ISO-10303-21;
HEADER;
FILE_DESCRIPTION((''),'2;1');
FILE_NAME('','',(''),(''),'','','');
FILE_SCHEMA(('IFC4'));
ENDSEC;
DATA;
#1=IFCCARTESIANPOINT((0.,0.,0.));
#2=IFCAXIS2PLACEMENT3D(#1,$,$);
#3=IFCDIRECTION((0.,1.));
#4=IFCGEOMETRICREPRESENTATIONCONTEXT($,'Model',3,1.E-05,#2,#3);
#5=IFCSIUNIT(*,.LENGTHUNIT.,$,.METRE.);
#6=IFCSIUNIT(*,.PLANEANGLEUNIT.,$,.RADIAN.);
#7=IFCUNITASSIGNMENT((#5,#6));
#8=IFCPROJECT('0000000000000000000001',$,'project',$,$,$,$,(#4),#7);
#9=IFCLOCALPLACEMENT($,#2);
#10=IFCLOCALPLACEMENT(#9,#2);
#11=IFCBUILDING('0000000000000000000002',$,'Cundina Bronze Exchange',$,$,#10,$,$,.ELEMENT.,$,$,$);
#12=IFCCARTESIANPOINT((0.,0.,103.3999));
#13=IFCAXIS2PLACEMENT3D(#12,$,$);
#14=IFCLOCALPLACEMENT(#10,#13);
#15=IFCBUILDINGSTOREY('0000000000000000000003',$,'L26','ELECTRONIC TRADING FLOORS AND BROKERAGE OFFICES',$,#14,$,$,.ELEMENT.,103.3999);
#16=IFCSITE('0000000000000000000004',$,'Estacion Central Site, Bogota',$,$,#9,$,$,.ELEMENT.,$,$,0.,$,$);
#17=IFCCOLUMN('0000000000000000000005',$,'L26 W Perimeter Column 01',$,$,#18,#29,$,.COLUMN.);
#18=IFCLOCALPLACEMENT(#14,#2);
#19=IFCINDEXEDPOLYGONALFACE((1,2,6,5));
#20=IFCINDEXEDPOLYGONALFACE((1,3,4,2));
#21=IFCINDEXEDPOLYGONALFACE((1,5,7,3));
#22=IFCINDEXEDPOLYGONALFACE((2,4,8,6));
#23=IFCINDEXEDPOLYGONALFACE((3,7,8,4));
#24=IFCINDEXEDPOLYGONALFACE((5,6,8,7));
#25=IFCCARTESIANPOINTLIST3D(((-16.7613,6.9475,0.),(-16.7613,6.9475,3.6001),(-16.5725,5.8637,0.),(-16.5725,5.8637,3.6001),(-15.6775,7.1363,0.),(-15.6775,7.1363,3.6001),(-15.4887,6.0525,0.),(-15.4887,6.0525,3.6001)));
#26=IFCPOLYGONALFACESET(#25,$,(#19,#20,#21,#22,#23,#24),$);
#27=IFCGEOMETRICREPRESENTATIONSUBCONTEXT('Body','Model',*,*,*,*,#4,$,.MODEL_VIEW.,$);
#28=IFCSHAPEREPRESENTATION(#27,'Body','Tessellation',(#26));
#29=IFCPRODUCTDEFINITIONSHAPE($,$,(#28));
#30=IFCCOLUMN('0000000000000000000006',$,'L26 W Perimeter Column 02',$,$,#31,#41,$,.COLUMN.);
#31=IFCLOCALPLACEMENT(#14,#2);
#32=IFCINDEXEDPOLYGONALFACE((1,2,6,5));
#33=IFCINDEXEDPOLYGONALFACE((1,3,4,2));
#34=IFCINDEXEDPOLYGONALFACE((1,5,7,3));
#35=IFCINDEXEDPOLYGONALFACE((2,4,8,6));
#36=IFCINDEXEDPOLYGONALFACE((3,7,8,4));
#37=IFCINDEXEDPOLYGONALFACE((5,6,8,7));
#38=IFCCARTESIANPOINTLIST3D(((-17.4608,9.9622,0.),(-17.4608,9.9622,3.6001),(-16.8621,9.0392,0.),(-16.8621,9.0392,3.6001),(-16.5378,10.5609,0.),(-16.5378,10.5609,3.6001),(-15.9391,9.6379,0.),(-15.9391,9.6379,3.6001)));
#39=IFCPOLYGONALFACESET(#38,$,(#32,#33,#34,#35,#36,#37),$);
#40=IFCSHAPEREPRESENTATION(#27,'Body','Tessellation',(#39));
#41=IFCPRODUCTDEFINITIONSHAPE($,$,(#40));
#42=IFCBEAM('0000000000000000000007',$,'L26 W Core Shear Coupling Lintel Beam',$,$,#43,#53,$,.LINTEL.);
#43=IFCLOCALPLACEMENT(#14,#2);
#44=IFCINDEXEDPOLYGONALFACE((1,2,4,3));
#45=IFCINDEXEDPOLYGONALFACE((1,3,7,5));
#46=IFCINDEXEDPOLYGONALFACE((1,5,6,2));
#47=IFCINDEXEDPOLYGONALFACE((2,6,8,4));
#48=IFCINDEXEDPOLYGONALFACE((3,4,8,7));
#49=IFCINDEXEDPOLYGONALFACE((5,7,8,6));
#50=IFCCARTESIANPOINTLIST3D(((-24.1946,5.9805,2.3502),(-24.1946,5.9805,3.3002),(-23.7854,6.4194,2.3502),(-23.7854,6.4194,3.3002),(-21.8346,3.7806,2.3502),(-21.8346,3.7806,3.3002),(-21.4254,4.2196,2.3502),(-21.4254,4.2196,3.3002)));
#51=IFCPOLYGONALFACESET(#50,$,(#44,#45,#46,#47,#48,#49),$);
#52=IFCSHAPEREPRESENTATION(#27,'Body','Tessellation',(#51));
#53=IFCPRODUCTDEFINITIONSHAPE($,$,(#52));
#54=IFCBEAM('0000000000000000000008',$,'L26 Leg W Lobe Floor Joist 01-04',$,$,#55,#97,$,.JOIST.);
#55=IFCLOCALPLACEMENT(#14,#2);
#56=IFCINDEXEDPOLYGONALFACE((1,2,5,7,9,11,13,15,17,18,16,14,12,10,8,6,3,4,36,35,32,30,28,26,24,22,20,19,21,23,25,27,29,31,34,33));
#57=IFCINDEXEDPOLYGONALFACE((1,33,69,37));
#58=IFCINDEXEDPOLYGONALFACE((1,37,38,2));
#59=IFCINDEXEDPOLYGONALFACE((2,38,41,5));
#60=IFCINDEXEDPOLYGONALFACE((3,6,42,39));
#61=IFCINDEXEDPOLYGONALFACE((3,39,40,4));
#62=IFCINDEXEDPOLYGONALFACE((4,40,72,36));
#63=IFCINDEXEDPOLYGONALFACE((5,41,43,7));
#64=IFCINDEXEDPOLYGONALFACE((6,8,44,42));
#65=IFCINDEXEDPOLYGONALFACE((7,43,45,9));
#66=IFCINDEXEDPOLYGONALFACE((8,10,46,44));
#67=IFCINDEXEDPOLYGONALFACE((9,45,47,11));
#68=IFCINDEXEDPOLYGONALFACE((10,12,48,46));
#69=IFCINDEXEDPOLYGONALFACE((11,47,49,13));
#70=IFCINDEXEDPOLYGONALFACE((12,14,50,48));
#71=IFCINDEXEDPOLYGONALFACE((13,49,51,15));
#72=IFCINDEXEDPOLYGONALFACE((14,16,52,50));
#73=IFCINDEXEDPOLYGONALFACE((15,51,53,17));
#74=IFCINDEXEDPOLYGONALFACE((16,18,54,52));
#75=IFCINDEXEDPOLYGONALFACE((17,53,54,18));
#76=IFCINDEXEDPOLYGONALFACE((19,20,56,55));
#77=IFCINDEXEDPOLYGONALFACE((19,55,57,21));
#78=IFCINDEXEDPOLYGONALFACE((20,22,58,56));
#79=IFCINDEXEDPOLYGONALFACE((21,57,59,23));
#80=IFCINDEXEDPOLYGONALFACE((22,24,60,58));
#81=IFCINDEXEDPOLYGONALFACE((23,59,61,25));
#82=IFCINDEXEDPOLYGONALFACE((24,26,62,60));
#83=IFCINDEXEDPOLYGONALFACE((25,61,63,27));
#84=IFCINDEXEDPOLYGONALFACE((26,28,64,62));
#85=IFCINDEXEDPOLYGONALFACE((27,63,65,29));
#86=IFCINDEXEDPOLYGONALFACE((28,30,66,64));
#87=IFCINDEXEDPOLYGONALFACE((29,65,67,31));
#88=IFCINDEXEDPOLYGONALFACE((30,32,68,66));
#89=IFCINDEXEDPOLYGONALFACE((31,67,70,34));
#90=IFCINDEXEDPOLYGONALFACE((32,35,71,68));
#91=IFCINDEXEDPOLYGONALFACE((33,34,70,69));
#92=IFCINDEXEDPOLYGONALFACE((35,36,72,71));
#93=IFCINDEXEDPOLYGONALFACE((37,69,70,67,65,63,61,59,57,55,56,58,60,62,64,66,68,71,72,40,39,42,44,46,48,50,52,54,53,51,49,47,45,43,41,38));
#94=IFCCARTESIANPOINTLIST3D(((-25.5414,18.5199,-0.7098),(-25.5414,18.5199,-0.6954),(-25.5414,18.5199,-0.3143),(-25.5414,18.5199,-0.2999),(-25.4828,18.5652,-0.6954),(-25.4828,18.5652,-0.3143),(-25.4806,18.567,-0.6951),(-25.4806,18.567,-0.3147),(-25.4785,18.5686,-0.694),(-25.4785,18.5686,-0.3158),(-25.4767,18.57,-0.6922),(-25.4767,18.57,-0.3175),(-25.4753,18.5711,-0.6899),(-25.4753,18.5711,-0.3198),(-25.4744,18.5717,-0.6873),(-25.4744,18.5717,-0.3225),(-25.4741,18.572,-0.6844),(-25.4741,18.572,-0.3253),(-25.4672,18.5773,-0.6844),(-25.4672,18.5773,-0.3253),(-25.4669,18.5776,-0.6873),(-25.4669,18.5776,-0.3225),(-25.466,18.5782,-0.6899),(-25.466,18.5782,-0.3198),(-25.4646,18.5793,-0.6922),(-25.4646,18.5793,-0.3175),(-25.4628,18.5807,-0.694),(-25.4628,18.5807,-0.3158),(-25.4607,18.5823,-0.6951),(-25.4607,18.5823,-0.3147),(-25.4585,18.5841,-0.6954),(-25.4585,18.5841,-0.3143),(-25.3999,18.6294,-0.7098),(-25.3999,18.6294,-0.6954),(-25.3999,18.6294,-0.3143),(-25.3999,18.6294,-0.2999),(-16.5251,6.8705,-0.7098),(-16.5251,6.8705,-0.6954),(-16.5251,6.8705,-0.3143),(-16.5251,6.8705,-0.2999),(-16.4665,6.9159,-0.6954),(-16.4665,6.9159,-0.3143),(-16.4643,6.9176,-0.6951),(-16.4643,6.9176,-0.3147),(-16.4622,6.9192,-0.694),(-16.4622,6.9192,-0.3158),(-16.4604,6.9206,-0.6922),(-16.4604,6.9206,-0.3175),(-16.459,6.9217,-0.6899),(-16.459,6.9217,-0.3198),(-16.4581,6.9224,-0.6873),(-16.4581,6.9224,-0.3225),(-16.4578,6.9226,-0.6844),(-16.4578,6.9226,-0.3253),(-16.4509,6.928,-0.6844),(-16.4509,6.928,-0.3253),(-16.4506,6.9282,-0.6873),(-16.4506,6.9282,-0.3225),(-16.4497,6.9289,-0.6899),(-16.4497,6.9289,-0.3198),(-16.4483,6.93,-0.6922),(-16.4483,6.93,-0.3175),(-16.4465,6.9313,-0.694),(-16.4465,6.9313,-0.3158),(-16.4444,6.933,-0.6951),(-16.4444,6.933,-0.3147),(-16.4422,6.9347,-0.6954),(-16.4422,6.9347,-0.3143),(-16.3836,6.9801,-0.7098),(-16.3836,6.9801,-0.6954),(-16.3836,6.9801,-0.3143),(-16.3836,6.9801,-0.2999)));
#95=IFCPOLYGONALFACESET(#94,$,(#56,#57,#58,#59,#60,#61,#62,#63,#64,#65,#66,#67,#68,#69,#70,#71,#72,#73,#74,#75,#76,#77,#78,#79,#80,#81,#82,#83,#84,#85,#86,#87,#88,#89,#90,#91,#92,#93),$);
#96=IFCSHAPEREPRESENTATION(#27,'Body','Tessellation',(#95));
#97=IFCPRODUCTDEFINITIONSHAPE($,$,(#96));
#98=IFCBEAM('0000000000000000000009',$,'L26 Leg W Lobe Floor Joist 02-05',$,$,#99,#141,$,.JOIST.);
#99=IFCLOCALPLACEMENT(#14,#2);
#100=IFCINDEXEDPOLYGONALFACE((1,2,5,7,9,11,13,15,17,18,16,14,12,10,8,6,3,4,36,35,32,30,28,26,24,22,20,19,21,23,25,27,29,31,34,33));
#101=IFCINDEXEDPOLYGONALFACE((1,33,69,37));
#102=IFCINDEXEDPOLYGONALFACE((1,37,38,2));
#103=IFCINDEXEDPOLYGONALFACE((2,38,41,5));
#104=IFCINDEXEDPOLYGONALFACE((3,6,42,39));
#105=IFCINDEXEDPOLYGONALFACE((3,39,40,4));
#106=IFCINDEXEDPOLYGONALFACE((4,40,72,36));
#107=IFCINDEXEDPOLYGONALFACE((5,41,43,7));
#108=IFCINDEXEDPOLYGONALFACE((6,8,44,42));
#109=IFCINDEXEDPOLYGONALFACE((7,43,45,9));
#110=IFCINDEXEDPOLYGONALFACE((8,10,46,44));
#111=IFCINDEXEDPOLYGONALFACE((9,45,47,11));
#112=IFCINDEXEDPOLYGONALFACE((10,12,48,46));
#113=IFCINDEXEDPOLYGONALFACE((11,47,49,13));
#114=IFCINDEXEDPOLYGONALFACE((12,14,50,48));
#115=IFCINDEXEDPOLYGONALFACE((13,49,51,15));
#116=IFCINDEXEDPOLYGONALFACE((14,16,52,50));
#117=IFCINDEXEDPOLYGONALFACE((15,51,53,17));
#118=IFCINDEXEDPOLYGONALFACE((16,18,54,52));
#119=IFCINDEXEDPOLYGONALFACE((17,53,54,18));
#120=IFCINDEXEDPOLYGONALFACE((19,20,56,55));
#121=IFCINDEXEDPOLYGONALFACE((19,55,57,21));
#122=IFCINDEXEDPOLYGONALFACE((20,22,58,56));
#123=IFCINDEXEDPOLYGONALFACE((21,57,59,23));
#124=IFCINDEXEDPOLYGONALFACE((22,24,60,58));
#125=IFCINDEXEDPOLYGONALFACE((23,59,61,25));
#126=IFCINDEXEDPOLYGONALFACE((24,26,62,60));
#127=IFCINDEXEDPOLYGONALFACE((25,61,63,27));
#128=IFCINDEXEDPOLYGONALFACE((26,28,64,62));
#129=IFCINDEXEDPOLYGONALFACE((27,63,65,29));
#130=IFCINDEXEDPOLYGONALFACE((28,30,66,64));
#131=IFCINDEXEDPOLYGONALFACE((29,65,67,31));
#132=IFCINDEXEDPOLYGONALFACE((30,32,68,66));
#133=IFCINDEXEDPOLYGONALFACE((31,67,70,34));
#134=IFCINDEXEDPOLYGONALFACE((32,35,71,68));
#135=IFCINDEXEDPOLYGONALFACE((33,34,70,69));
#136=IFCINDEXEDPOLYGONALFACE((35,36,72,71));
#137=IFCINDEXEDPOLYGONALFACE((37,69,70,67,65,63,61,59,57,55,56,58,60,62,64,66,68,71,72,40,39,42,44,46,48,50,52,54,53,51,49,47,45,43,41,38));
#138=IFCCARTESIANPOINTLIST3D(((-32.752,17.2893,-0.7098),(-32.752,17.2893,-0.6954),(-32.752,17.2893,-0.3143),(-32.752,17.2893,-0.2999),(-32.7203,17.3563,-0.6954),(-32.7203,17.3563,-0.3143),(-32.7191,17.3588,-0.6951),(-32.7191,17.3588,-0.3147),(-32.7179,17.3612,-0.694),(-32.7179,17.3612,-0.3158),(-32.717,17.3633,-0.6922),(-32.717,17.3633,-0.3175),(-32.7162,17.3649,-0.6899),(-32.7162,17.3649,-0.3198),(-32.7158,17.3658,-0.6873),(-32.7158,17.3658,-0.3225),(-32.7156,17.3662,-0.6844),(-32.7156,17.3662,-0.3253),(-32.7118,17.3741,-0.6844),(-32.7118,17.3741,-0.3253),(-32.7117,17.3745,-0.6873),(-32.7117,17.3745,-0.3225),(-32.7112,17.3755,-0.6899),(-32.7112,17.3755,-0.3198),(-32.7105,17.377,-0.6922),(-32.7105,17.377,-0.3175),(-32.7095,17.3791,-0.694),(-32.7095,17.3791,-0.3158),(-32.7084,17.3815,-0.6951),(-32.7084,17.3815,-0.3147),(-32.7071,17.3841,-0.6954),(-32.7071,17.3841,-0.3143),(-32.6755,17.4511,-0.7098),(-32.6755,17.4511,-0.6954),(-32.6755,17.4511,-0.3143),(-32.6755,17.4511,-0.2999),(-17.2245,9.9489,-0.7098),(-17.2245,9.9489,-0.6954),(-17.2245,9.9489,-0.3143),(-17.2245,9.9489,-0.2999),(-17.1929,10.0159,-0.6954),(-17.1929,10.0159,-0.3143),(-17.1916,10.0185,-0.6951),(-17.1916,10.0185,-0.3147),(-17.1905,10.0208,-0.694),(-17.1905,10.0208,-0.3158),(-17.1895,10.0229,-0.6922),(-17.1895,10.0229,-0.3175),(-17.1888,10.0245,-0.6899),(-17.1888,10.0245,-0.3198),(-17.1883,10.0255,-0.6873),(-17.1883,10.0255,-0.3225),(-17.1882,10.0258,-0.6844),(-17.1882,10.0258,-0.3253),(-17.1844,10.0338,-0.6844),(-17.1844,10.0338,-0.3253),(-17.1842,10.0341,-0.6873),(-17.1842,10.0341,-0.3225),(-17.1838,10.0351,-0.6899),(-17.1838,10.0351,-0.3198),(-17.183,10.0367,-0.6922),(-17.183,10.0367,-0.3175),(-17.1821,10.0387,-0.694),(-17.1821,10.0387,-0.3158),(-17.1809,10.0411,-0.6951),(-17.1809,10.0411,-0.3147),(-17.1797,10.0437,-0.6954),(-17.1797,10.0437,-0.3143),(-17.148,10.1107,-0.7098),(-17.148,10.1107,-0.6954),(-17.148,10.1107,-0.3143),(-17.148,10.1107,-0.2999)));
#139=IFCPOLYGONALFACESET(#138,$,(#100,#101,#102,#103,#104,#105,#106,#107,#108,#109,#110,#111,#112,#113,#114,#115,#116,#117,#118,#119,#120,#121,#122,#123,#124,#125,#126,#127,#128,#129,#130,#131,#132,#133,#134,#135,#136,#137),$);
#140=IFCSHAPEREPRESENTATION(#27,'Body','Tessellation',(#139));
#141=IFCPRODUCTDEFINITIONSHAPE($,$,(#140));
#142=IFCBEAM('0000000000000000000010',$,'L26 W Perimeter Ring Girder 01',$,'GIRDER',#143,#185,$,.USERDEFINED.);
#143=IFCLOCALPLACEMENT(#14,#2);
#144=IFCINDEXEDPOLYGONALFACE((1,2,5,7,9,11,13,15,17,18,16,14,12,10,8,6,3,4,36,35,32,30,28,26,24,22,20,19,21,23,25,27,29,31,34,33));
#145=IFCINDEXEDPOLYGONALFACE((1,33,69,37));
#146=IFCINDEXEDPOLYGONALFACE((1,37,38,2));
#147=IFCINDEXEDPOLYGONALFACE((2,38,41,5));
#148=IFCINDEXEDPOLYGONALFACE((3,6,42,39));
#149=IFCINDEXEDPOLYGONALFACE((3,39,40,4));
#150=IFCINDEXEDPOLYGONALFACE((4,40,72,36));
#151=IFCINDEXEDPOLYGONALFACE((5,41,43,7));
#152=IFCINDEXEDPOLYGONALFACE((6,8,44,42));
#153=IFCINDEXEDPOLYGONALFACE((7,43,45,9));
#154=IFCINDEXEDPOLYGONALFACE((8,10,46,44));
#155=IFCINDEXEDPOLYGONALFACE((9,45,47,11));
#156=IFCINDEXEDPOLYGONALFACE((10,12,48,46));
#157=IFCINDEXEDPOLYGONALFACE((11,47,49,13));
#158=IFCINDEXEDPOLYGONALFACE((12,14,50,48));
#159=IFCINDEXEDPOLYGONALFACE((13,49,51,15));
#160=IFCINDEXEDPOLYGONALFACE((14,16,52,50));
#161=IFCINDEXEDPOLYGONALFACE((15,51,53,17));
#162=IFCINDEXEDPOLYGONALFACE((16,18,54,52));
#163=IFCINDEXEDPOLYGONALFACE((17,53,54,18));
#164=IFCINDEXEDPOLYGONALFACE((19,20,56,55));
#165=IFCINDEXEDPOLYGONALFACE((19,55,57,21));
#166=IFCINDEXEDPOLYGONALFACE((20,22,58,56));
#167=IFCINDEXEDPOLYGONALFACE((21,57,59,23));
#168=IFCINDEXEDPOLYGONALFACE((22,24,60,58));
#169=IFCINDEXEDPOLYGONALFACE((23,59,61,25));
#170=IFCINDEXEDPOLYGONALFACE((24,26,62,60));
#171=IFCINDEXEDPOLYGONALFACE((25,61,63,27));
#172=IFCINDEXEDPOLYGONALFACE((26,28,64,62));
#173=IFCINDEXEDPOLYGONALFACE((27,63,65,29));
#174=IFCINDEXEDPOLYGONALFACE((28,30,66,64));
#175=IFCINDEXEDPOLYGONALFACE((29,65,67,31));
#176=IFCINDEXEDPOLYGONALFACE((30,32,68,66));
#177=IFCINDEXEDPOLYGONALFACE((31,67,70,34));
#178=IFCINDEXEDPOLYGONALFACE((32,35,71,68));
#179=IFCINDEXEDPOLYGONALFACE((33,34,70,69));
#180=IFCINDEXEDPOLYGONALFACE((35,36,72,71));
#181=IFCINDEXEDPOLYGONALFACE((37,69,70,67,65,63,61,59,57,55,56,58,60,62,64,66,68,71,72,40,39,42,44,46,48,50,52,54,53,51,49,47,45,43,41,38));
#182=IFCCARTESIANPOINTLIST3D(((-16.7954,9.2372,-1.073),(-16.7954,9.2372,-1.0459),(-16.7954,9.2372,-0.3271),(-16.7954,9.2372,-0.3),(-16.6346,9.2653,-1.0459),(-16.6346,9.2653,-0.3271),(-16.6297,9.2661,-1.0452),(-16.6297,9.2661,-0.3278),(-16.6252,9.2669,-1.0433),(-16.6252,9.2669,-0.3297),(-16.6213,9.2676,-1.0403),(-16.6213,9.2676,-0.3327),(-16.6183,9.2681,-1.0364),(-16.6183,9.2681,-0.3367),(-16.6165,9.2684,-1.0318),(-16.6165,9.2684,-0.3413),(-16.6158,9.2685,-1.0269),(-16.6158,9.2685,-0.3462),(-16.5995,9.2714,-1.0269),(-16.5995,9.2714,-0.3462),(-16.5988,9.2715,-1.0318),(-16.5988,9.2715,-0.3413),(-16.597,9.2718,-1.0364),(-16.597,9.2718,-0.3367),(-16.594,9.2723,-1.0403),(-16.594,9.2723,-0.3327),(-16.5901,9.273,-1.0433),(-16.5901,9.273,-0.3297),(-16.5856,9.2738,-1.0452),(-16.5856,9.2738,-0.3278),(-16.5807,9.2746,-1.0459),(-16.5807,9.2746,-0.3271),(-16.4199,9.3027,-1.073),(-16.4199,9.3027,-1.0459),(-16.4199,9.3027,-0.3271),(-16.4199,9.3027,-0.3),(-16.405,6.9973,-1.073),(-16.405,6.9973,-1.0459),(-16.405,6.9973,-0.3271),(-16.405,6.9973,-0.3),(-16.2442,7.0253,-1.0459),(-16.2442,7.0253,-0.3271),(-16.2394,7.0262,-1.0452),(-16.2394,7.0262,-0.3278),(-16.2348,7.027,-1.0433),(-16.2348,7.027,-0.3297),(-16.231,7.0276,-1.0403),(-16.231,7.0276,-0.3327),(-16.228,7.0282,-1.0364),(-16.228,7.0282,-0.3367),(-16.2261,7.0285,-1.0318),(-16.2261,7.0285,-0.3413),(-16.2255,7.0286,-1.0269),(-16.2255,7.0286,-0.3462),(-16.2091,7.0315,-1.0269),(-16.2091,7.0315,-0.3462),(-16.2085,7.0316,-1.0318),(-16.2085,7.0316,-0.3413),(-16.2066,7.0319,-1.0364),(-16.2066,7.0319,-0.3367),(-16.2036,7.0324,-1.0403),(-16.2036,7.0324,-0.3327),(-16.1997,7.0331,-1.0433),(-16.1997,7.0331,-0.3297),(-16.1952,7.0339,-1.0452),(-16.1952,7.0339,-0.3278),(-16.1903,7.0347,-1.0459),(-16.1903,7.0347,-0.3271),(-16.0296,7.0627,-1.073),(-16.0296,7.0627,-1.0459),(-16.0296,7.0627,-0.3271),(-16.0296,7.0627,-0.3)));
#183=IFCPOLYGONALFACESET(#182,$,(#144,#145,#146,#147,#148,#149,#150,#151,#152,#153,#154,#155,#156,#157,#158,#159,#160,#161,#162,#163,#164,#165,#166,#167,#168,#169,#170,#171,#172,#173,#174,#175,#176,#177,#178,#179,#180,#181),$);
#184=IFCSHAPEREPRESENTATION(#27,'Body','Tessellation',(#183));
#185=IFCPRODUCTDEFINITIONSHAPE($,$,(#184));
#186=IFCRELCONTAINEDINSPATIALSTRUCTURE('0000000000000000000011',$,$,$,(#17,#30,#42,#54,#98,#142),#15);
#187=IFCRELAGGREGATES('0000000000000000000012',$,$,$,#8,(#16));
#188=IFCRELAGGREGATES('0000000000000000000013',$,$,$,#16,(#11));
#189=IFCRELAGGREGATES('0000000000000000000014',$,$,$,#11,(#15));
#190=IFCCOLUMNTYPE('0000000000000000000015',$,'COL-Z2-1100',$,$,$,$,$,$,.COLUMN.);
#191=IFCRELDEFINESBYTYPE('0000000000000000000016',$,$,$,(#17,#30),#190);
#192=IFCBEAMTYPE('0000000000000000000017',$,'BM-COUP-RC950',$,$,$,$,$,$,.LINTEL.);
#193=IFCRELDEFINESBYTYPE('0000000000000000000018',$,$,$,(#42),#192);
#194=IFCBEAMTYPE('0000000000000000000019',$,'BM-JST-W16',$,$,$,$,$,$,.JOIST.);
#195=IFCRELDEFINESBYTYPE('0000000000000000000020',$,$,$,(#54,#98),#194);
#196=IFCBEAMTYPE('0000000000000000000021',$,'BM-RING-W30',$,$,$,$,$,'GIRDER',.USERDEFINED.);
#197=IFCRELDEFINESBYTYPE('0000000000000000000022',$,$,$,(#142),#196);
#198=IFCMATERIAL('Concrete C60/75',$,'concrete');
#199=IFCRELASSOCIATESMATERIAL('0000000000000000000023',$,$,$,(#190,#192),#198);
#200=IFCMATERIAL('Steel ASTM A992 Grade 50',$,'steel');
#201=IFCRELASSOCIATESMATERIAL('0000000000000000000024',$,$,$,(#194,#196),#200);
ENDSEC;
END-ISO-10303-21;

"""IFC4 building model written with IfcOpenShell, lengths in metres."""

from ifc_helpers import new_model, si_unit, direction, frame, origin, origin_2d, place, context, subcontext, project, spatial, rectangle, i_section, extrude, material, material_profile, profile_set, type_object, element, save


model = new_model("IFC4")

# Units and contexts
model_context = context("Model", 3, precision=1e-05, world=origin(), true_north=direction((0.0, 1.0)))
body_context = subcontext(model_context, "Body", "Model", "MODEL_VIEW")
ifc_project = project(units=[si_unit("LENGTHUNIT", "METRE"), si_unit("PLANEANGLEUNIT", "RADIAN")], contexts=[model_context])

# Site, building, storey
site_placement = place(None, origin())
site = spatial("IfcSite", under=ifc_project, at=site_placement, Name="Estacion Central Site, Bogota", CompositionType="ELEMENT", RefElevation=0.0)
building_placement = place(site_placement, origin())
building = spatial("IfcBuilding", under=site, at=building_placement, Name="Cundina Bronze Exchange", CompositionType="ELEMENT")
storey_placement = place(building_placement, frame((0.0, 0.0, 103.3999)))
storey = spatial("IfcBuildingStorey", under=building, at=storey_placement, Name="L26", Description="ELECTRONIC TRADING FLOORS AND BROKERAGE OFFICES", CompositionType="ELEMENT", Elevation=103.3999)

# Columns
ifc_material_1 = material(Name="Concrete C60/75", Category="concrete")
ifc_material_profile_1 = material_profile(ifc_material_1, rectangle(XDim=1.1001, YDim=1.1001, at=origin_2d()), Name="RC1100X1100", Category="concrete")
ifc_profile_set_1 = profile_set([ifc_material_profile_1], Name="Concrete C60/75")
column_type = type_object("IfcColumnType", Name="COL-Z2-1100", PredefinedType="COLUMN", material=ifc_profile_set_1)
for number, where, z_axis, x_axis, name in (
    (1, (-16.125, 6.5, 0.0), (0.0, 0.0, 1.0), (-0.171585, 0.985169, 0.0), "L26 W Perimeter Column 01"),
    (2, (-16.7, 9.8, 0.0), (0.0, 0.0, 1.0), (-0.5442, 0.838956, 0.0), "L26 W Perimeter Column 02"),
):
    element("IfcColumn", number, at=place(storey_placement, frame(where, z_axis=z_axis, x_axis=x_axis)), inside=storey, type_object=column_type, Name=name, PredefinedType="COLUMN", context=body_context, shape_type="SweptSolid", body=[
        extrude(rectangle(XDim=1.1001, YDim=1.1001, at=origin_2d()), origin(), (0.0, 0.0, 1.0), 3.6001),
    ])

# Beams
ifc_material_profile_2 = material_profile(ifc_material_1, rectangle(XDim=0.6001, YDim=0.95, at=origin_2d()), Name="RC600X950", Category="concrete")
ifc_profile_set_2 = profile_set([ifc_material_profile_2], Name="Concrete C60/75")
beam_type_1 = type_object("IfcBeamType", Name="BM-COUP-RC950", PredefinedType="LINTEL", material=ifc_profile_set_2)
beam_1_placement = place(storey_placement, frame((-23.99, 6.2, 2.8252), z_axis=(0.73149, -0.681852, 0.0), x_axis=(0.681852, 0.73149, 0.0)))
element("IfcBeam", 3, at=beam_1_placement, inside=storey, type_object=beam_type_1, Name="L26 W Core Shear Coupling Lintel Beam", PredefinedType="LINTEL", context=body_context, shape_type="SweptSolid", body=[
    extrude(rectangle(XDim=0.6001, YDim=0.95, at=origin_2d()), origin(), (0.0, 0.0, 1.0), 3.2263),
])
ifc_material_2 = material(Name="Steel ASTM A992 Grade 50", Category="steel")
ifc_material_profile_3 = material_profile(ifc_material_2, i_section(OverallWidth=0.179, OverallDepth=0.4099, WebThickness=0.0088, FlangeThickness=0.0144, FilletRadius=0.011, at=origin_2d()), Name="W16X45", Category="steel")
ifc_profile_set_3 = profile_set([ifc_material_profile_3], Name="Steel ASTM A992 Grade 50")
beam_type_2 = type_object("IfcBeamType", Name="BM-JST-W16", PredefinedType="JOIST", material=ifc_profile_set_3)
beam_2_placement = place(storey_placement, frame((-16.4543, 6.9253, -0.5049), z_axis=(-0.612065, 0.790807, 0.0), x_axis=(-0.790807, -0.612065, 0.0)))
element("IfcBeam", 4, at=beam_2_placement, inside=storey, type_object=beam_type_2, Name="L26 Leg W Lobe Floor Joist 01-04", PredefinedType="JOIST", context=body_context, shape_type="SweptSolid", body=[
    extrude(i_section(OverallWidth=0.179, OverallDepth=0.4099, WebThickness=0.0088, FlangeThickness=0.0144, FilletRadius=0.011, at=origin_2d()), origin(), (0.0, 0.0, 1.0), 14.731),
])
beam_3_placement = place(storey_placement, frame((-17.1863, 10.0298, -0.5049), z_axis=(-0.904069, 0.427386, 0.0), x_axis=(-0.427386, -0.904069, 0.0)))
element("IfcBeam", 5, at=beam_3_placement, inside=storey, type_object=beam_type_2, Name="L26 Leg W Lobe Floor Joist 02-05", PredefinedType="JOIST", context=body_context, shape_type="SweptSolid", body=[
    extrude(i_section(OverallWidth=0.179, OverallDepth=0.4099, WebThickness=0.0088, FlangeThickness=0.0144, FilletRadius=0.011, at=origin_2d()), origin(), (0.0, 0.0, 1.0), 17.175),
])
ifc_material_profile_4 = material_profile(ifc_material_2, i_section(OverallWidth=0.3811, OverallDepth=0.7729, WebThickness=0.0166, FlangeThickness=0.0271, FilletRadius=0.019, at=origin_2d()), Name="W30X173", Category="steel")
ifc_profile_set_4 = profile_set([ifc_material_profile_4], Name="Steel ASTM A992 Grade 50")
beam_type_3 = type_object("IfcBeamType", Name="BM-RING-W30", ElementType="GIRDER", PredefinedType="USERDEFINED", material=ifc_profile_set_4)
beam_4_placement = place(storey_placement, frame((-16.2173, 7.03, -0.6865), z_axis=(-0.17169, 0.985151, 0.0), x_axis=(-0.985151, -0.17169, 0.0)))
element("IfcBeam", 6, at=beam_4_placement, inside=storey, type_object=beam_type_3, Name="L26 W Perimeter Ring Girder 01", ObjectType="GIRDER", PredefinedType="USERDEFINED", context=body_context, shape_type="SweptSolid", body=[
    extrude(i_section(OverallWidth=0.3811, OverallDepth=0.7729, WebThickness=0.0166, FlangeThickness=0.0271, FilletRadius=0.019, at=origin_2d()), origin(), (0.0, 0.0, 1.0), 2.2737),
])

save(model, "model.ifc")
